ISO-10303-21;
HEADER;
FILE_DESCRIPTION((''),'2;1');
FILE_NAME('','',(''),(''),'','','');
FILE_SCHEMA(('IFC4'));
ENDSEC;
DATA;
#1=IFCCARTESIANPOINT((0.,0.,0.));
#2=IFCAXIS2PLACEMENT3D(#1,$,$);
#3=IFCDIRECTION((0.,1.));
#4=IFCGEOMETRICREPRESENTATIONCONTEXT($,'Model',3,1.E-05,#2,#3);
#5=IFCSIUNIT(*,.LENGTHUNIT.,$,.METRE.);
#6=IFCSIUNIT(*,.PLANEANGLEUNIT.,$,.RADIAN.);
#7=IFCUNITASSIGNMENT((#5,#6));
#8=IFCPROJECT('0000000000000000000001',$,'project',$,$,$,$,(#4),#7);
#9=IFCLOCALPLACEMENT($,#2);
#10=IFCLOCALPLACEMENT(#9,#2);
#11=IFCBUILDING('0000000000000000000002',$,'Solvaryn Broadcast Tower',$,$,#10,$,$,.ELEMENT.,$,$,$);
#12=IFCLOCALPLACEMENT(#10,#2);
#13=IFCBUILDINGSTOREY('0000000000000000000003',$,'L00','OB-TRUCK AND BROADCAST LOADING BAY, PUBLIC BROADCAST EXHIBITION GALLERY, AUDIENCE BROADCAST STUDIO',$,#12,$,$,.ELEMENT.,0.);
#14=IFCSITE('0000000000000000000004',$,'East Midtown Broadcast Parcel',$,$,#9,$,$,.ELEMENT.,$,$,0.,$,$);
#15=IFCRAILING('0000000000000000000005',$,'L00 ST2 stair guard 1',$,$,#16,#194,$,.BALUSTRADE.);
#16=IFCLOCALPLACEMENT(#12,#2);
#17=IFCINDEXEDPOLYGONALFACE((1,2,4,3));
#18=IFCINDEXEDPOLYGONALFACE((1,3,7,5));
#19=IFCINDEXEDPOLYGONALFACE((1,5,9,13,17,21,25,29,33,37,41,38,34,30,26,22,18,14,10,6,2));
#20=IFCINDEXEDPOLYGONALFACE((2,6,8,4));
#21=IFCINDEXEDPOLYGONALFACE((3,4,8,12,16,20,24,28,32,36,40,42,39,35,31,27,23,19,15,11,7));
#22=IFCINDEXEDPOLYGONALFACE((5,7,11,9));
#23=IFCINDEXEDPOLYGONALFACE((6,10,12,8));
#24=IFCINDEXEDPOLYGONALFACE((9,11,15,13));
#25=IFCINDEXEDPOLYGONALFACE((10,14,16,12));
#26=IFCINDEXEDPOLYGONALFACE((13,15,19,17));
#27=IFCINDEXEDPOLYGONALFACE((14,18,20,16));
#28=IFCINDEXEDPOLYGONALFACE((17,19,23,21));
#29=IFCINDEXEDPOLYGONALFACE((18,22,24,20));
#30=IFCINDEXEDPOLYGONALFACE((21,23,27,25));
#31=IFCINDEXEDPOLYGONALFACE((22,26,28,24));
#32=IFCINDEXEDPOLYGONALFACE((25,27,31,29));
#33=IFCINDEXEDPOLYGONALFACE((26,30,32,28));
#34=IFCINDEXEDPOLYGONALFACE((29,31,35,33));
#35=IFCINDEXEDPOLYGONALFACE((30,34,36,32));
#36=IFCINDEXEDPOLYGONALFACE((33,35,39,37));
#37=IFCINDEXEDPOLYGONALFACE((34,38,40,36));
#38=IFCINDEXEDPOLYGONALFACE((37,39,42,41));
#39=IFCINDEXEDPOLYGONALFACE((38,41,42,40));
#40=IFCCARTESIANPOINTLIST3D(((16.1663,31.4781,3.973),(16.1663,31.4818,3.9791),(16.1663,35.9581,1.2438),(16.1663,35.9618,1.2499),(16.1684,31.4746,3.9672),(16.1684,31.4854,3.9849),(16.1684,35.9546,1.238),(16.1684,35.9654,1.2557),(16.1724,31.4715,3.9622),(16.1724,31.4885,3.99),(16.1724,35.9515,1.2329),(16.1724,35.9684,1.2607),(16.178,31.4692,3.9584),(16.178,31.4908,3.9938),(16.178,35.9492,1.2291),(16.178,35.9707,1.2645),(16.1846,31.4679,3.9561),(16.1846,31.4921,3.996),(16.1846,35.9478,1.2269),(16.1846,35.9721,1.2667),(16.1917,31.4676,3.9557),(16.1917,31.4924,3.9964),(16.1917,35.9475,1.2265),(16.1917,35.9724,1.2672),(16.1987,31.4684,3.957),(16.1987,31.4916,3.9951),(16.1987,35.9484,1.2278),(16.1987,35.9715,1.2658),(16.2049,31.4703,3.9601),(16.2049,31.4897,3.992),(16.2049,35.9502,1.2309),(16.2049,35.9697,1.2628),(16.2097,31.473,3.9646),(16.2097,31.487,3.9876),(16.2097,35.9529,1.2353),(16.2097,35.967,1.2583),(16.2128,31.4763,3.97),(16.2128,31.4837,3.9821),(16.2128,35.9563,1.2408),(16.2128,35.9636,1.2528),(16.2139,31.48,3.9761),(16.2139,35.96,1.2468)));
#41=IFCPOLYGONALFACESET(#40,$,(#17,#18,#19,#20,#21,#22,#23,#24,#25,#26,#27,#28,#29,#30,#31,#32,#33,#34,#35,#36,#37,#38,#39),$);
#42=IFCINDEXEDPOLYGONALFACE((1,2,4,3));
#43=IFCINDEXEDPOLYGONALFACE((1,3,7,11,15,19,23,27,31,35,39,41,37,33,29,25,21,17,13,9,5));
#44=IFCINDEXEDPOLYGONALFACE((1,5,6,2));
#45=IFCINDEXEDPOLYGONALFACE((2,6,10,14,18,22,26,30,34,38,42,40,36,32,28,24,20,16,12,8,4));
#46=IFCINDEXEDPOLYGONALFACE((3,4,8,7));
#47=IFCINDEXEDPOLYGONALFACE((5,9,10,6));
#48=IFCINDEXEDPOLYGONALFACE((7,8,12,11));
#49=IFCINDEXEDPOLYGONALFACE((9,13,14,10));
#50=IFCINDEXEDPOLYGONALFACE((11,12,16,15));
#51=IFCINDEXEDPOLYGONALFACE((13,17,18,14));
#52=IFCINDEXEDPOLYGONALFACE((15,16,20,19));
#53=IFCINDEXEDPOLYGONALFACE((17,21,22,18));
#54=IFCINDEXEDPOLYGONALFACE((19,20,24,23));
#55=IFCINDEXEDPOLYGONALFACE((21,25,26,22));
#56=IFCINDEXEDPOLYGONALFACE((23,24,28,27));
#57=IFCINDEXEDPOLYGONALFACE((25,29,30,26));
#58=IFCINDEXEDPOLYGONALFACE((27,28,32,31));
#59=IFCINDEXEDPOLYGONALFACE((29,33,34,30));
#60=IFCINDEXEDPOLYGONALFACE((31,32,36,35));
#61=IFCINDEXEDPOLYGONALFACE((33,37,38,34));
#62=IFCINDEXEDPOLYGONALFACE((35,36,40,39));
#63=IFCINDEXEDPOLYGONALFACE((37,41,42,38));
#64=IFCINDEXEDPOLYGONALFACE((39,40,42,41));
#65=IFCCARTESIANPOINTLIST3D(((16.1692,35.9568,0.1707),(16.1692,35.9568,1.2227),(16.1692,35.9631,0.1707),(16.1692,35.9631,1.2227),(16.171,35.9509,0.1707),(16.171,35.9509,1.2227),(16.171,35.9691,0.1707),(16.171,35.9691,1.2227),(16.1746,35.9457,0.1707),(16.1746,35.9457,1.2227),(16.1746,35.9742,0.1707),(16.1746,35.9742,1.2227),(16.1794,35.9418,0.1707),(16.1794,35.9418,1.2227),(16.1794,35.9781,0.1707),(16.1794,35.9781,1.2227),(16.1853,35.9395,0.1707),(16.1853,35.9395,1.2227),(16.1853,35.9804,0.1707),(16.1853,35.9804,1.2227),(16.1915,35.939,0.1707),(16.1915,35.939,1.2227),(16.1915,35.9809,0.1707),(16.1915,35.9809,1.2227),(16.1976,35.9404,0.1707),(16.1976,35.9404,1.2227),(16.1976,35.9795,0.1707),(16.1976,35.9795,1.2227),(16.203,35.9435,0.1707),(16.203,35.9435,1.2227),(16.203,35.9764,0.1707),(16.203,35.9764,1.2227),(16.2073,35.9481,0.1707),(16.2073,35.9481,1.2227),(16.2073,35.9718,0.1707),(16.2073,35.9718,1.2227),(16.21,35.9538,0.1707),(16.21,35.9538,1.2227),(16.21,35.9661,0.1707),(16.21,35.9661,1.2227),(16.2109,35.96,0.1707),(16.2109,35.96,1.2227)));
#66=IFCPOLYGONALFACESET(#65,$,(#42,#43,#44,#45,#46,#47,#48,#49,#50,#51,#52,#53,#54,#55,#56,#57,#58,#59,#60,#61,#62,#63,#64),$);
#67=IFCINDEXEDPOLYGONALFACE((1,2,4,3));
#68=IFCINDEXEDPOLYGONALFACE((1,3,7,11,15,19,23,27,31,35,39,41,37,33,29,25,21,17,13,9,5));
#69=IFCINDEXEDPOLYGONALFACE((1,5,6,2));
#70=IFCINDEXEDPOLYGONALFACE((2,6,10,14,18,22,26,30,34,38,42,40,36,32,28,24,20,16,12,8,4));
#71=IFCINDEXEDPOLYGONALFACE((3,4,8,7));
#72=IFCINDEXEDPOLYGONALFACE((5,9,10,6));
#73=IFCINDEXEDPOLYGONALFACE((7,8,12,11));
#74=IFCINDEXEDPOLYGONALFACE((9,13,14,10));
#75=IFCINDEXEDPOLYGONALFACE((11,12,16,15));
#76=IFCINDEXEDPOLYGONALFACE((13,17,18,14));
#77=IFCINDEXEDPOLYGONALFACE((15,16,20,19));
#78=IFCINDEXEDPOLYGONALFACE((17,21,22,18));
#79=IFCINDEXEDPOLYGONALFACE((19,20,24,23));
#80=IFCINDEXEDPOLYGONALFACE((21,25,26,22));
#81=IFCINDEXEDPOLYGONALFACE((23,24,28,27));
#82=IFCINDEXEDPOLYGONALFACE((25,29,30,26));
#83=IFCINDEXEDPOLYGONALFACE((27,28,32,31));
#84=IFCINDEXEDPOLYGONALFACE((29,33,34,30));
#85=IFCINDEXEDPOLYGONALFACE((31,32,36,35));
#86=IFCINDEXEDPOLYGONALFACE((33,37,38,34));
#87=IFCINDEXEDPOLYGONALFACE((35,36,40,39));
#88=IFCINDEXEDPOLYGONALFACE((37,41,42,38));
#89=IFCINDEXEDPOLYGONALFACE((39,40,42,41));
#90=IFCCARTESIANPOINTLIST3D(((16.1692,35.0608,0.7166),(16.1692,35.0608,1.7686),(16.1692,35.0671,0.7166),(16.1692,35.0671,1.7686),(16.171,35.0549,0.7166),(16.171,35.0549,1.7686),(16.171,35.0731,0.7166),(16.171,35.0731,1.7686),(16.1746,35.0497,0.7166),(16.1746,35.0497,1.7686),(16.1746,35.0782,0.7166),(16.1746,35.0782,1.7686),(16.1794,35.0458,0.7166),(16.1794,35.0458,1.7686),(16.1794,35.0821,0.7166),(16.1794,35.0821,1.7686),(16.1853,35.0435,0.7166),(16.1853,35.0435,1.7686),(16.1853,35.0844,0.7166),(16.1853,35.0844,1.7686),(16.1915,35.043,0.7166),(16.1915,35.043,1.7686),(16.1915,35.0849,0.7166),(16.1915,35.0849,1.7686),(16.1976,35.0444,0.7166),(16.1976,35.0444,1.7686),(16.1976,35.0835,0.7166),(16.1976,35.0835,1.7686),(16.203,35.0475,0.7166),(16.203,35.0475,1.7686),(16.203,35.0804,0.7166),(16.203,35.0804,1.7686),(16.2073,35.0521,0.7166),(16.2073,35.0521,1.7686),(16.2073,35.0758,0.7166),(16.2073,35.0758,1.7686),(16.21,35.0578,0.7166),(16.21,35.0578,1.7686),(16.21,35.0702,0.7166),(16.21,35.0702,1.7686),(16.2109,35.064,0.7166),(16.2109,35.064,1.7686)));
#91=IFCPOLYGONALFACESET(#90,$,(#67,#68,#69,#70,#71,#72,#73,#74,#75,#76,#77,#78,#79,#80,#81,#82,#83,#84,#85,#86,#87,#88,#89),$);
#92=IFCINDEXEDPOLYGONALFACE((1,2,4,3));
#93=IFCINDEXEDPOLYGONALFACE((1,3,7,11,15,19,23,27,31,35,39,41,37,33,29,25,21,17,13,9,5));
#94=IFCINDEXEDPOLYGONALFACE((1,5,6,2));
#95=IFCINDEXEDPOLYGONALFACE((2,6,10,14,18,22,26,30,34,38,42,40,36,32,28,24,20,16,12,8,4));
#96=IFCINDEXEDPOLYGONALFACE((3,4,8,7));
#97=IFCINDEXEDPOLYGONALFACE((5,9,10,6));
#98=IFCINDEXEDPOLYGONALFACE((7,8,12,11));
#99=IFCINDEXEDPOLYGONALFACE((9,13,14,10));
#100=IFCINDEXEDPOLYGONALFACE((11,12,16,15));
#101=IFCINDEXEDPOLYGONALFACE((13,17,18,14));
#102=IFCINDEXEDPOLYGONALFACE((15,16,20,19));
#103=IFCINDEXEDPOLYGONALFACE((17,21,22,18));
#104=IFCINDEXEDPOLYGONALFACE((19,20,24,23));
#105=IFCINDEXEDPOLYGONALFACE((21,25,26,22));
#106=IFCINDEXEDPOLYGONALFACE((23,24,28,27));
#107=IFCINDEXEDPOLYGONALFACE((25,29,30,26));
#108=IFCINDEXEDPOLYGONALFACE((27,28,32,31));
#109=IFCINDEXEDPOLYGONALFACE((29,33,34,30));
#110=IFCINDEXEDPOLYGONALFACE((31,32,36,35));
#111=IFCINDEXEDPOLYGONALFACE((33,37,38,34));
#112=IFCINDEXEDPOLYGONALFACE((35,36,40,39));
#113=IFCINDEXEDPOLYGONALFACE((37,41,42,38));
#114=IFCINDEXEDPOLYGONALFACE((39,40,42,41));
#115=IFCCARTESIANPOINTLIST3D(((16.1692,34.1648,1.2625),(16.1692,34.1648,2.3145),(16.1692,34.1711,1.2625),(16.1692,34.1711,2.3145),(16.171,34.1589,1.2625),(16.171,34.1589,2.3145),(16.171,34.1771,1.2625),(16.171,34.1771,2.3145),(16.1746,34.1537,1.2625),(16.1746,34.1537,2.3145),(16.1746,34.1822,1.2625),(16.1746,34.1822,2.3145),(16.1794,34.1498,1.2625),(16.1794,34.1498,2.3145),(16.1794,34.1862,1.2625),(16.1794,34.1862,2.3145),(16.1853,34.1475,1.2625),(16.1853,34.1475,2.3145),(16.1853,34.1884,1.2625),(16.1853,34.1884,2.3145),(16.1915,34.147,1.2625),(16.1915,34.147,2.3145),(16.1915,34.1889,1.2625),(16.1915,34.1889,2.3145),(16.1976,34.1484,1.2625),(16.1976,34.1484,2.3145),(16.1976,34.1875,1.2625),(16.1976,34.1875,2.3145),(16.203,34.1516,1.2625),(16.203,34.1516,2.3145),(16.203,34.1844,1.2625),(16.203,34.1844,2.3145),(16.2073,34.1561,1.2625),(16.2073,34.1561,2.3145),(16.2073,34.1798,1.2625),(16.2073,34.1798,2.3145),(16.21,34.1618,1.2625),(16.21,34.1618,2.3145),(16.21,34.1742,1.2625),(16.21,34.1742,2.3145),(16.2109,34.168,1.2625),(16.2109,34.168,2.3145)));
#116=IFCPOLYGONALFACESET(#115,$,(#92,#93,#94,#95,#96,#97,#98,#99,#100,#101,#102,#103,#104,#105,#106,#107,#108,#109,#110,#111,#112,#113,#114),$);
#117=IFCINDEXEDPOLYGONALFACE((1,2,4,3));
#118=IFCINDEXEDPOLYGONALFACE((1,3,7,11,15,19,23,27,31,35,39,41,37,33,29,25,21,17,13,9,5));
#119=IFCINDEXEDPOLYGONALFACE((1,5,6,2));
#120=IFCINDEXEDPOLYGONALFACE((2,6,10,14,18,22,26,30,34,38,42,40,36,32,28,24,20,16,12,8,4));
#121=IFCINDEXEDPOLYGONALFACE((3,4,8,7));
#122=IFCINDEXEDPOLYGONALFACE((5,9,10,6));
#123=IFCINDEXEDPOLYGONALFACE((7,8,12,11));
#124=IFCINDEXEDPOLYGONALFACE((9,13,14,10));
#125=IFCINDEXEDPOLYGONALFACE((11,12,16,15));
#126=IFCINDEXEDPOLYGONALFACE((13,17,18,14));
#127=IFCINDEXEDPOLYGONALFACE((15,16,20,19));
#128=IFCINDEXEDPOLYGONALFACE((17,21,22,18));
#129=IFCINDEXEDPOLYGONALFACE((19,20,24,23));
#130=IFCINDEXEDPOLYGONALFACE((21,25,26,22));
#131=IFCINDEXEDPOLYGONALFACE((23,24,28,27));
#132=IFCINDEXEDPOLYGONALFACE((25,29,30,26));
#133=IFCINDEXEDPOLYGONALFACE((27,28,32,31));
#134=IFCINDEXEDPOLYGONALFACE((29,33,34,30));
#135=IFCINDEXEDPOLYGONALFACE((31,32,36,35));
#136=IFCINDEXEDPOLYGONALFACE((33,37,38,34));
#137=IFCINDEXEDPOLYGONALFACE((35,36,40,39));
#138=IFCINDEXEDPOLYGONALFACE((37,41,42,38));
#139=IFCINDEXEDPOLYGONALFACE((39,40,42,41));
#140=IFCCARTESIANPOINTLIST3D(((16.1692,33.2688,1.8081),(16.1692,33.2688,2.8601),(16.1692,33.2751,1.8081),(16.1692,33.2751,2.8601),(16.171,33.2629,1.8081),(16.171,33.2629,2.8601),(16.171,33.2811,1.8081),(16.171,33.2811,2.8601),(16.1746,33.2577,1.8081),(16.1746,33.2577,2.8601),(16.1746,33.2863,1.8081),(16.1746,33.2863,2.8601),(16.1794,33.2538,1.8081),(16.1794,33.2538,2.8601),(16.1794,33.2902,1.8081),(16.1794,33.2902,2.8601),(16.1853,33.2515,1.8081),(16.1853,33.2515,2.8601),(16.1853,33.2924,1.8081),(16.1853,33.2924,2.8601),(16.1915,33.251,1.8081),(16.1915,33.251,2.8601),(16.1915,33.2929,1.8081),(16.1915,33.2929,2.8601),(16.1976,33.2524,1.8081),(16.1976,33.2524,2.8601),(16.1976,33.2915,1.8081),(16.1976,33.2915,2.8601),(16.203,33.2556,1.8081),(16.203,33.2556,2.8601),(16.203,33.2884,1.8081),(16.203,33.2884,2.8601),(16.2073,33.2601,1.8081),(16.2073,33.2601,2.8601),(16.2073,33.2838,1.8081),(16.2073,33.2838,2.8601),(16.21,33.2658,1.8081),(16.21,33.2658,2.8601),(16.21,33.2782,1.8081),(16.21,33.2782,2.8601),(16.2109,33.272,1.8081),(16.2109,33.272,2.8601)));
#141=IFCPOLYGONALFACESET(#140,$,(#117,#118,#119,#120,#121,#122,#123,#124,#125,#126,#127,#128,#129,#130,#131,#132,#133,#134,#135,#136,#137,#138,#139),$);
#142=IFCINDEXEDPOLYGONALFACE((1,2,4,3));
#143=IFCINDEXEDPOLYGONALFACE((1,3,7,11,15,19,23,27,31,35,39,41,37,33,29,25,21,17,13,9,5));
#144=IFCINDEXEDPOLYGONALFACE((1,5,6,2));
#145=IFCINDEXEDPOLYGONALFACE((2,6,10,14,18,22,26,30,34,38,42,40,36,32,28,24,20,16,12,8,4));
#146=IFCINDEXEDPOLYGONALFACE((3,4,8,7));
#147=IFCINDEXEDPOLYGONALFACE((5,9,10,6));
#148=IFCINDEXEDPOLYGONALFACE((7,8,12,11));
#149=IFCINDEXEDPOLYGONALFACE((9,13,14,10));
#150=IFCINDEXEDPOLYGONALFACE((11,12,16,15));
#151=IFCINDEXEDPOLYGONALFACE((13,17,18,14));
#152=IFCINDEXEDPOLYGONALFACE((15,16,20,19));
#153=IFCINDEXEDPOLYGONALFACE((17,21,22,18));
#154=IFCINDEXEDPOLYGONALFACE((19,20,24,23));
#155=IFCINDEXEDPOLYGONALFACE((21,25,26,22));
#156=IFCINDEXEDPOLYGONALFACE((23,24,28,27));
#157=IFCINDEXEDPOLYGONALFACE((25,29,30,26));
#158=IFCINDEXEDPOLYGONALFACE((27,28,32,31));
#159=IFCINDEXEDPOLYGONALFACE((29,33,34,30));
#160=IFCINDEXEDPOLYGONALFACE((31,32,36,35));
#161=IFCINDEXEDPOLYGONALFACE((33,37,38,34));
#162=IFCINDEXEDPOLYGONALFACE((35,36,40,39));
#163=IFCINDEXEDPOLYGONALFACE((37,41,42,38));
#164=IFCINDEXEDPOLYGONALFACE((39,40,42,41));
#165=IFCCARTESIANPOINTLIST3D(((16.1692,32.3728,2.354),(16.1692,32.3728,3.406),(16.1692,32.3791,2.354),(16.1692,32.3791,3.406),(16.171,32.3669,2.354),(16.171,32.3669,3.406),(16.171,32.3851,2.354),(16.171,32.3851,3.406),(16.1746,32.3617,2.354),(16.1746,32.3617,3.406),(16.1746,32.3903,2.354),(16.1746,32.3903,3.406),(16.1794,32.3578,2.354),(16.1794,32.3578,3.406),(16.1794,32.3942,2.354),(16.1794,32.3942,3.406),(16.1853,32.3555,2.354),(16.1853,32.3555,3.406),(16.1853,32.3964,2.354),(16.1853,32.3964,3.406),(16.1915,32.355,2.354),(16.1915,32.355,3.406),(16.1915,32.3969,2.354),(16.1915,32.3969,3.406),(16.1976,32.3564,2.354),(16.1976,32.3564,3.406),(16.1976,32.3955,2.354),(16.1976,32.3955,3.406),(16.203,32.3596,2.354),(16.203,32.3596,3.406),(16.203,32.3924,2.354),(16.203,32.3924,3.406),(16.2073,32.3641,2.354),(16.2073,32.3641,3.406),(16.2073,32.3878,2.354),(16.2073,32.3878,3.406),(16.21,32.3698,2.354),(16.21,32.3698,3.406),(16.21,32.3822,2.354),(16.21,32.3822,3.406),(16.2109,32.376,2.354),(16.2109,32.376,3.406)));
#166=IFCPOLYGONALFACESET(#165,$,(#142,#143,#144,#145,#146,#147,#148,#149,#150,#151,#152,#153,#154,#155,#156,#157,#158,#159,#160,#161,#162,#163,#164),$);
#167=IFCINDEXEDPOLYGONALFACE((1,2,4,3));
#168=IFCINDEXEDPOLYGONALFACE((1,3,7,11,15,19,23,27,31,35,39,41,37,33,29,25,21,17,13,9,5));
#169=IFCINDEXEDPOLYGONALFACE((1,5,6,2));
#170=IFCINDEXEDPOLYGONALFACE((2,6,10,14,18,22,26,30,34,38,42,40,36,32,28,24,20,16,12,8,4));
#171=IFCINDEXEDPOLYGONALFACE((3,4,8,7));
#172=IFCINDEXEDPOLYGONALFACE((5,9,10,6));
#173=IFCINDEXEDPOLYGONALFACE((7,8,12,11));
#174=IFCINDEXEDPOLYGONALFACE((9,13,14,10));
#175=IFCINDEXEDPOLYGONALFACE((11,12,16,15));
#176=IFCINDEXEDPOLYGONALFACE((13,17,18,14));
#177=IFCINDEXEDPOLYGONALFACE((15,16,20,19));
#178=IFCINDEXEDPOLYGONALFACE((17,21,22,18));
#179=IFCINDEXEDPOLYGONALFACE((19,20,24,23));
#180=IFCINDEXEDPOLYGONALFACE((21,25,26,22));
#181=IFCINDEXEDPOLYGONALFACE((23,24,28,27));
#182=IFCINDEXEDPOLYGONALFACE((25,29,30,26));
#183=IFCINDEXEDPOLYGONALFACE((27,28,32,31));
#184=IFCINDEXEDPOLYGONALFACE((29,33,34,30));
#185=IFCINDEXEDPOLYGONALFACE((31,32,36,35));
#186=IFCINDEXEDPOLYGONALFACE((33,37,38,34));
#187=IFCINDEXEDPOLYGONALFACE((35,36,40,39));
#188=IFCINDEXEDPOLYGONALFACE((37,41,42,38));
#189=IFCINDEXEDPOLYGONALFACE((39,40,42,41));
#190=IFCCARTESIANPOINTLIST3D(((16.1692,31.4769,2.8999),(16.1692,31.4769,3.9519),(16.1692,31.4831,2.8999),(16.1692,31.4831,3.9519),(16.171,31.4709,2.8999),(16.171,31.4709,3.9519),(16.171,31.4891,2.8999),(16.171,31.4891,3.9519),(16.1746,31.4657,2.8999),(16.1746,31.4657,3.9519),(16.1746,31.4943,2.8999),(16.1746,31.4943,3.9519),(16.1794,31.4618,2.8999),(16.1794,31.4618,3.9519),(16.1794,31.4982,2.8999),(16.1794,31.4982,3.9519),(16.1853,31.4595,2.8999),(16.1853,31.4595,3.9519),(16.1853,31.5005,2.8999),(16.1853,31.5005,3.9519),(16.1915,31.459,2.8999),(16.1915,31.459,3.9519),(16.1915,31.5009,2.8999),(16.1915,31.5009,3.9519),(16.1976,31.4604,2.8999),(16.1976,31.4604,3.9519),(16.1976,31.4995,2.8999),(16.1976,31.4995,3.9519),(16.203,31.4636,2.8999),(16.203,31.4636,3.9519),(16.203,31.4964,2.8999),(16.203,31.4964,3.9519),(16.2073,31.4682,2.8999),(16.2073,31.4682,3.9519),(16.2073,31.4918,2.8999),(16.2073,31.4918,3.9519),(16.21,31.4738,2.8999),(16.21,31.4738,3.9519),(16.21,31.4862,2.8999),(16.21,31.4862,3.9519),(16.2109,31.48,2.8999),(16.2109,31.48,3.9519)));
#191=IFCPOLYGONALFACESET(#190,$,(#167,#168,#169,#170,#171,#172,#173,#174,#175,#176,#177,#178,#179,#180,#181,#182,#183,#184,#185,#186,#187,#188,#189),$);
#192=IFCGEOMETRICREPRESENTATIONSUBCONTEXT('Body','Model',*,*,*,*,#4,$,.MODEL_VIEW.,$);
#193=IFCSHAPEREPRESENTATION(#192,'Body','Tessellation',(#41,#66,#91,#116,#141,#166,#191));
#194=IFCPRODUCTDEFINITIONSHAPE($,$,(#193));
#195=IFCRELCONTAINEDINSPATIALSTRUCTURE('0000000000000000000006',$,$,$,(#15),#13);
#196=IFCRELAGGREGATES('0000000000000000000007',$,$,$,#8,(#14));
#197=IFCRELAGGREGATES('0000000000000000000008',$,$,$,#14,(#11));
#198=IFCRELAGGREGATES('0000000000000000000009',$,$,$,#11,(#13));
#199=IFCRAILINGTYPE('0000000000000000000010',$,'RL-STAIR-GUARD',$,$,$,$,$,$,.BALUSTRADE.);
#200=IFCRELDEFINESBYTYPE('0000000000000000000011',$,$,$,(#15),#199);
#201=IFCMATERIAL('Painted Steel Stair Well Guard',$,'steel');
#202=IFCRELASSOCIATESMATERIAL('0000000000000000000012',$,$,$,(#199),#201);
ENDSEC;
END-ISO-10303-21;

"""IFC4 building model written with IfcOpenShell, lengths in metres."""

from ifc_helpers import new_model, si_unit, direction, frame, origin, origin_2d, place, context, subcontext, project, spatial, circle, extrude, material, type_object, element, save


model = new_model("IFC4")

# Units and contexts
model_context = context("Model", 3, precision=1e-05, world=origin(), true_north=direction((0.0, 1.0)))
body_context = subcontext(model_context, "Body", "Model", "MODEL_VIEW")
ifc_project = project(units=[si_unit("LENGTHUNIT", "METRE"), si_unit("PLANEANGLEUNIT", "RADIAN")], contexts=[model_context])

# Site, building, storey
site_placement = place(None, origin())
site = spatial("IfcSite", under=ifc_project, at=site_placement, Name="East Midtown Broadcast Parcel", CompositionType="ELEMENT", RefElevation=0.0)
building_placement = place(site_placement, origin())
building = spatial("IfcBuilding", under=site, at=building_placement, Name="Solvaryn Broadcast Tower", CompositionType="ELEMENT")
storey_placement = place(building_placement, origin())
storey = spatial("IfcBuildingStorey", under=building, at=storey_placement, Name="L00", Description="OB-TRUCK AND BROADCAST LOADING BAY, PUBLIC BROADCAST EXHIBITION GALLERY, AUDIENCE BROADCAST STUDIO", CompositionType="ELEMENT", Elevation=0.0)

# Railing
ifc_material_1 = material(Name="Painted Steel Stair Well Guard", Category="steel")
railing_type_1 = type_object("IfcRailingType", Name="RL-STAIR-GUARD", PredefinedType="BALUSTRADE", material=ifc_material_1)
railing_1_placement = place(storey_placement, frame((16.1899, 35.96, 0.1707)))
element("IfcRailing", 1, at=railing_1_placement, inside=storey, type_object=railing_type_1, Name="L00 ST2 stair guard 1", PredefinedType="BALUSTRADE", context=body_context, shape_type="SweptSolid", body=[
    extrude(circle(Radius=0.0239, at=origin_2d()), frame((0.0, 0.0, 1.0762), z_axis=(0.0, -0.854003, 0.520267), x_axis=(1.0, 0.0, 0.0)), (0.0, 0.0, 1.0), 5.2458),
    extrude(circle(Radius=0.021, at=origin_2d()), origin(), (0.0, 0.0, 1.0), 1.052),
    extrude(circle(Radius=0.021, at=origin_2d()), frame((0.0, -0.896, 0.5459)), (0.0, 0.0, 1.0), 1.052),
    extrude(circle(Radius=0.021, at=origin_2d()), frame((0.0, -1.792, 1.0918)), (0.0, 0.0, 1.0), 1.052),
    extrude(circle(Radius=0.021, at=origin_2d()), frame((0.0, -2.688, 1.6375)), (0.0, 0.0, 1.0), 1.052),
    extrude(circle(Radius=0.021, at=origin_2d()), frame((0.0, -3.584, 2.1833)), (0.0, 0.0, 1.0), 1.052),
    extrude(circle(Radius=0.021, at=origin_2d()), frame((0.0, -4.48, 2.7292)), (0.0, 0.0, 1.0), 1.052),
])

save(model, "model.ifc")
